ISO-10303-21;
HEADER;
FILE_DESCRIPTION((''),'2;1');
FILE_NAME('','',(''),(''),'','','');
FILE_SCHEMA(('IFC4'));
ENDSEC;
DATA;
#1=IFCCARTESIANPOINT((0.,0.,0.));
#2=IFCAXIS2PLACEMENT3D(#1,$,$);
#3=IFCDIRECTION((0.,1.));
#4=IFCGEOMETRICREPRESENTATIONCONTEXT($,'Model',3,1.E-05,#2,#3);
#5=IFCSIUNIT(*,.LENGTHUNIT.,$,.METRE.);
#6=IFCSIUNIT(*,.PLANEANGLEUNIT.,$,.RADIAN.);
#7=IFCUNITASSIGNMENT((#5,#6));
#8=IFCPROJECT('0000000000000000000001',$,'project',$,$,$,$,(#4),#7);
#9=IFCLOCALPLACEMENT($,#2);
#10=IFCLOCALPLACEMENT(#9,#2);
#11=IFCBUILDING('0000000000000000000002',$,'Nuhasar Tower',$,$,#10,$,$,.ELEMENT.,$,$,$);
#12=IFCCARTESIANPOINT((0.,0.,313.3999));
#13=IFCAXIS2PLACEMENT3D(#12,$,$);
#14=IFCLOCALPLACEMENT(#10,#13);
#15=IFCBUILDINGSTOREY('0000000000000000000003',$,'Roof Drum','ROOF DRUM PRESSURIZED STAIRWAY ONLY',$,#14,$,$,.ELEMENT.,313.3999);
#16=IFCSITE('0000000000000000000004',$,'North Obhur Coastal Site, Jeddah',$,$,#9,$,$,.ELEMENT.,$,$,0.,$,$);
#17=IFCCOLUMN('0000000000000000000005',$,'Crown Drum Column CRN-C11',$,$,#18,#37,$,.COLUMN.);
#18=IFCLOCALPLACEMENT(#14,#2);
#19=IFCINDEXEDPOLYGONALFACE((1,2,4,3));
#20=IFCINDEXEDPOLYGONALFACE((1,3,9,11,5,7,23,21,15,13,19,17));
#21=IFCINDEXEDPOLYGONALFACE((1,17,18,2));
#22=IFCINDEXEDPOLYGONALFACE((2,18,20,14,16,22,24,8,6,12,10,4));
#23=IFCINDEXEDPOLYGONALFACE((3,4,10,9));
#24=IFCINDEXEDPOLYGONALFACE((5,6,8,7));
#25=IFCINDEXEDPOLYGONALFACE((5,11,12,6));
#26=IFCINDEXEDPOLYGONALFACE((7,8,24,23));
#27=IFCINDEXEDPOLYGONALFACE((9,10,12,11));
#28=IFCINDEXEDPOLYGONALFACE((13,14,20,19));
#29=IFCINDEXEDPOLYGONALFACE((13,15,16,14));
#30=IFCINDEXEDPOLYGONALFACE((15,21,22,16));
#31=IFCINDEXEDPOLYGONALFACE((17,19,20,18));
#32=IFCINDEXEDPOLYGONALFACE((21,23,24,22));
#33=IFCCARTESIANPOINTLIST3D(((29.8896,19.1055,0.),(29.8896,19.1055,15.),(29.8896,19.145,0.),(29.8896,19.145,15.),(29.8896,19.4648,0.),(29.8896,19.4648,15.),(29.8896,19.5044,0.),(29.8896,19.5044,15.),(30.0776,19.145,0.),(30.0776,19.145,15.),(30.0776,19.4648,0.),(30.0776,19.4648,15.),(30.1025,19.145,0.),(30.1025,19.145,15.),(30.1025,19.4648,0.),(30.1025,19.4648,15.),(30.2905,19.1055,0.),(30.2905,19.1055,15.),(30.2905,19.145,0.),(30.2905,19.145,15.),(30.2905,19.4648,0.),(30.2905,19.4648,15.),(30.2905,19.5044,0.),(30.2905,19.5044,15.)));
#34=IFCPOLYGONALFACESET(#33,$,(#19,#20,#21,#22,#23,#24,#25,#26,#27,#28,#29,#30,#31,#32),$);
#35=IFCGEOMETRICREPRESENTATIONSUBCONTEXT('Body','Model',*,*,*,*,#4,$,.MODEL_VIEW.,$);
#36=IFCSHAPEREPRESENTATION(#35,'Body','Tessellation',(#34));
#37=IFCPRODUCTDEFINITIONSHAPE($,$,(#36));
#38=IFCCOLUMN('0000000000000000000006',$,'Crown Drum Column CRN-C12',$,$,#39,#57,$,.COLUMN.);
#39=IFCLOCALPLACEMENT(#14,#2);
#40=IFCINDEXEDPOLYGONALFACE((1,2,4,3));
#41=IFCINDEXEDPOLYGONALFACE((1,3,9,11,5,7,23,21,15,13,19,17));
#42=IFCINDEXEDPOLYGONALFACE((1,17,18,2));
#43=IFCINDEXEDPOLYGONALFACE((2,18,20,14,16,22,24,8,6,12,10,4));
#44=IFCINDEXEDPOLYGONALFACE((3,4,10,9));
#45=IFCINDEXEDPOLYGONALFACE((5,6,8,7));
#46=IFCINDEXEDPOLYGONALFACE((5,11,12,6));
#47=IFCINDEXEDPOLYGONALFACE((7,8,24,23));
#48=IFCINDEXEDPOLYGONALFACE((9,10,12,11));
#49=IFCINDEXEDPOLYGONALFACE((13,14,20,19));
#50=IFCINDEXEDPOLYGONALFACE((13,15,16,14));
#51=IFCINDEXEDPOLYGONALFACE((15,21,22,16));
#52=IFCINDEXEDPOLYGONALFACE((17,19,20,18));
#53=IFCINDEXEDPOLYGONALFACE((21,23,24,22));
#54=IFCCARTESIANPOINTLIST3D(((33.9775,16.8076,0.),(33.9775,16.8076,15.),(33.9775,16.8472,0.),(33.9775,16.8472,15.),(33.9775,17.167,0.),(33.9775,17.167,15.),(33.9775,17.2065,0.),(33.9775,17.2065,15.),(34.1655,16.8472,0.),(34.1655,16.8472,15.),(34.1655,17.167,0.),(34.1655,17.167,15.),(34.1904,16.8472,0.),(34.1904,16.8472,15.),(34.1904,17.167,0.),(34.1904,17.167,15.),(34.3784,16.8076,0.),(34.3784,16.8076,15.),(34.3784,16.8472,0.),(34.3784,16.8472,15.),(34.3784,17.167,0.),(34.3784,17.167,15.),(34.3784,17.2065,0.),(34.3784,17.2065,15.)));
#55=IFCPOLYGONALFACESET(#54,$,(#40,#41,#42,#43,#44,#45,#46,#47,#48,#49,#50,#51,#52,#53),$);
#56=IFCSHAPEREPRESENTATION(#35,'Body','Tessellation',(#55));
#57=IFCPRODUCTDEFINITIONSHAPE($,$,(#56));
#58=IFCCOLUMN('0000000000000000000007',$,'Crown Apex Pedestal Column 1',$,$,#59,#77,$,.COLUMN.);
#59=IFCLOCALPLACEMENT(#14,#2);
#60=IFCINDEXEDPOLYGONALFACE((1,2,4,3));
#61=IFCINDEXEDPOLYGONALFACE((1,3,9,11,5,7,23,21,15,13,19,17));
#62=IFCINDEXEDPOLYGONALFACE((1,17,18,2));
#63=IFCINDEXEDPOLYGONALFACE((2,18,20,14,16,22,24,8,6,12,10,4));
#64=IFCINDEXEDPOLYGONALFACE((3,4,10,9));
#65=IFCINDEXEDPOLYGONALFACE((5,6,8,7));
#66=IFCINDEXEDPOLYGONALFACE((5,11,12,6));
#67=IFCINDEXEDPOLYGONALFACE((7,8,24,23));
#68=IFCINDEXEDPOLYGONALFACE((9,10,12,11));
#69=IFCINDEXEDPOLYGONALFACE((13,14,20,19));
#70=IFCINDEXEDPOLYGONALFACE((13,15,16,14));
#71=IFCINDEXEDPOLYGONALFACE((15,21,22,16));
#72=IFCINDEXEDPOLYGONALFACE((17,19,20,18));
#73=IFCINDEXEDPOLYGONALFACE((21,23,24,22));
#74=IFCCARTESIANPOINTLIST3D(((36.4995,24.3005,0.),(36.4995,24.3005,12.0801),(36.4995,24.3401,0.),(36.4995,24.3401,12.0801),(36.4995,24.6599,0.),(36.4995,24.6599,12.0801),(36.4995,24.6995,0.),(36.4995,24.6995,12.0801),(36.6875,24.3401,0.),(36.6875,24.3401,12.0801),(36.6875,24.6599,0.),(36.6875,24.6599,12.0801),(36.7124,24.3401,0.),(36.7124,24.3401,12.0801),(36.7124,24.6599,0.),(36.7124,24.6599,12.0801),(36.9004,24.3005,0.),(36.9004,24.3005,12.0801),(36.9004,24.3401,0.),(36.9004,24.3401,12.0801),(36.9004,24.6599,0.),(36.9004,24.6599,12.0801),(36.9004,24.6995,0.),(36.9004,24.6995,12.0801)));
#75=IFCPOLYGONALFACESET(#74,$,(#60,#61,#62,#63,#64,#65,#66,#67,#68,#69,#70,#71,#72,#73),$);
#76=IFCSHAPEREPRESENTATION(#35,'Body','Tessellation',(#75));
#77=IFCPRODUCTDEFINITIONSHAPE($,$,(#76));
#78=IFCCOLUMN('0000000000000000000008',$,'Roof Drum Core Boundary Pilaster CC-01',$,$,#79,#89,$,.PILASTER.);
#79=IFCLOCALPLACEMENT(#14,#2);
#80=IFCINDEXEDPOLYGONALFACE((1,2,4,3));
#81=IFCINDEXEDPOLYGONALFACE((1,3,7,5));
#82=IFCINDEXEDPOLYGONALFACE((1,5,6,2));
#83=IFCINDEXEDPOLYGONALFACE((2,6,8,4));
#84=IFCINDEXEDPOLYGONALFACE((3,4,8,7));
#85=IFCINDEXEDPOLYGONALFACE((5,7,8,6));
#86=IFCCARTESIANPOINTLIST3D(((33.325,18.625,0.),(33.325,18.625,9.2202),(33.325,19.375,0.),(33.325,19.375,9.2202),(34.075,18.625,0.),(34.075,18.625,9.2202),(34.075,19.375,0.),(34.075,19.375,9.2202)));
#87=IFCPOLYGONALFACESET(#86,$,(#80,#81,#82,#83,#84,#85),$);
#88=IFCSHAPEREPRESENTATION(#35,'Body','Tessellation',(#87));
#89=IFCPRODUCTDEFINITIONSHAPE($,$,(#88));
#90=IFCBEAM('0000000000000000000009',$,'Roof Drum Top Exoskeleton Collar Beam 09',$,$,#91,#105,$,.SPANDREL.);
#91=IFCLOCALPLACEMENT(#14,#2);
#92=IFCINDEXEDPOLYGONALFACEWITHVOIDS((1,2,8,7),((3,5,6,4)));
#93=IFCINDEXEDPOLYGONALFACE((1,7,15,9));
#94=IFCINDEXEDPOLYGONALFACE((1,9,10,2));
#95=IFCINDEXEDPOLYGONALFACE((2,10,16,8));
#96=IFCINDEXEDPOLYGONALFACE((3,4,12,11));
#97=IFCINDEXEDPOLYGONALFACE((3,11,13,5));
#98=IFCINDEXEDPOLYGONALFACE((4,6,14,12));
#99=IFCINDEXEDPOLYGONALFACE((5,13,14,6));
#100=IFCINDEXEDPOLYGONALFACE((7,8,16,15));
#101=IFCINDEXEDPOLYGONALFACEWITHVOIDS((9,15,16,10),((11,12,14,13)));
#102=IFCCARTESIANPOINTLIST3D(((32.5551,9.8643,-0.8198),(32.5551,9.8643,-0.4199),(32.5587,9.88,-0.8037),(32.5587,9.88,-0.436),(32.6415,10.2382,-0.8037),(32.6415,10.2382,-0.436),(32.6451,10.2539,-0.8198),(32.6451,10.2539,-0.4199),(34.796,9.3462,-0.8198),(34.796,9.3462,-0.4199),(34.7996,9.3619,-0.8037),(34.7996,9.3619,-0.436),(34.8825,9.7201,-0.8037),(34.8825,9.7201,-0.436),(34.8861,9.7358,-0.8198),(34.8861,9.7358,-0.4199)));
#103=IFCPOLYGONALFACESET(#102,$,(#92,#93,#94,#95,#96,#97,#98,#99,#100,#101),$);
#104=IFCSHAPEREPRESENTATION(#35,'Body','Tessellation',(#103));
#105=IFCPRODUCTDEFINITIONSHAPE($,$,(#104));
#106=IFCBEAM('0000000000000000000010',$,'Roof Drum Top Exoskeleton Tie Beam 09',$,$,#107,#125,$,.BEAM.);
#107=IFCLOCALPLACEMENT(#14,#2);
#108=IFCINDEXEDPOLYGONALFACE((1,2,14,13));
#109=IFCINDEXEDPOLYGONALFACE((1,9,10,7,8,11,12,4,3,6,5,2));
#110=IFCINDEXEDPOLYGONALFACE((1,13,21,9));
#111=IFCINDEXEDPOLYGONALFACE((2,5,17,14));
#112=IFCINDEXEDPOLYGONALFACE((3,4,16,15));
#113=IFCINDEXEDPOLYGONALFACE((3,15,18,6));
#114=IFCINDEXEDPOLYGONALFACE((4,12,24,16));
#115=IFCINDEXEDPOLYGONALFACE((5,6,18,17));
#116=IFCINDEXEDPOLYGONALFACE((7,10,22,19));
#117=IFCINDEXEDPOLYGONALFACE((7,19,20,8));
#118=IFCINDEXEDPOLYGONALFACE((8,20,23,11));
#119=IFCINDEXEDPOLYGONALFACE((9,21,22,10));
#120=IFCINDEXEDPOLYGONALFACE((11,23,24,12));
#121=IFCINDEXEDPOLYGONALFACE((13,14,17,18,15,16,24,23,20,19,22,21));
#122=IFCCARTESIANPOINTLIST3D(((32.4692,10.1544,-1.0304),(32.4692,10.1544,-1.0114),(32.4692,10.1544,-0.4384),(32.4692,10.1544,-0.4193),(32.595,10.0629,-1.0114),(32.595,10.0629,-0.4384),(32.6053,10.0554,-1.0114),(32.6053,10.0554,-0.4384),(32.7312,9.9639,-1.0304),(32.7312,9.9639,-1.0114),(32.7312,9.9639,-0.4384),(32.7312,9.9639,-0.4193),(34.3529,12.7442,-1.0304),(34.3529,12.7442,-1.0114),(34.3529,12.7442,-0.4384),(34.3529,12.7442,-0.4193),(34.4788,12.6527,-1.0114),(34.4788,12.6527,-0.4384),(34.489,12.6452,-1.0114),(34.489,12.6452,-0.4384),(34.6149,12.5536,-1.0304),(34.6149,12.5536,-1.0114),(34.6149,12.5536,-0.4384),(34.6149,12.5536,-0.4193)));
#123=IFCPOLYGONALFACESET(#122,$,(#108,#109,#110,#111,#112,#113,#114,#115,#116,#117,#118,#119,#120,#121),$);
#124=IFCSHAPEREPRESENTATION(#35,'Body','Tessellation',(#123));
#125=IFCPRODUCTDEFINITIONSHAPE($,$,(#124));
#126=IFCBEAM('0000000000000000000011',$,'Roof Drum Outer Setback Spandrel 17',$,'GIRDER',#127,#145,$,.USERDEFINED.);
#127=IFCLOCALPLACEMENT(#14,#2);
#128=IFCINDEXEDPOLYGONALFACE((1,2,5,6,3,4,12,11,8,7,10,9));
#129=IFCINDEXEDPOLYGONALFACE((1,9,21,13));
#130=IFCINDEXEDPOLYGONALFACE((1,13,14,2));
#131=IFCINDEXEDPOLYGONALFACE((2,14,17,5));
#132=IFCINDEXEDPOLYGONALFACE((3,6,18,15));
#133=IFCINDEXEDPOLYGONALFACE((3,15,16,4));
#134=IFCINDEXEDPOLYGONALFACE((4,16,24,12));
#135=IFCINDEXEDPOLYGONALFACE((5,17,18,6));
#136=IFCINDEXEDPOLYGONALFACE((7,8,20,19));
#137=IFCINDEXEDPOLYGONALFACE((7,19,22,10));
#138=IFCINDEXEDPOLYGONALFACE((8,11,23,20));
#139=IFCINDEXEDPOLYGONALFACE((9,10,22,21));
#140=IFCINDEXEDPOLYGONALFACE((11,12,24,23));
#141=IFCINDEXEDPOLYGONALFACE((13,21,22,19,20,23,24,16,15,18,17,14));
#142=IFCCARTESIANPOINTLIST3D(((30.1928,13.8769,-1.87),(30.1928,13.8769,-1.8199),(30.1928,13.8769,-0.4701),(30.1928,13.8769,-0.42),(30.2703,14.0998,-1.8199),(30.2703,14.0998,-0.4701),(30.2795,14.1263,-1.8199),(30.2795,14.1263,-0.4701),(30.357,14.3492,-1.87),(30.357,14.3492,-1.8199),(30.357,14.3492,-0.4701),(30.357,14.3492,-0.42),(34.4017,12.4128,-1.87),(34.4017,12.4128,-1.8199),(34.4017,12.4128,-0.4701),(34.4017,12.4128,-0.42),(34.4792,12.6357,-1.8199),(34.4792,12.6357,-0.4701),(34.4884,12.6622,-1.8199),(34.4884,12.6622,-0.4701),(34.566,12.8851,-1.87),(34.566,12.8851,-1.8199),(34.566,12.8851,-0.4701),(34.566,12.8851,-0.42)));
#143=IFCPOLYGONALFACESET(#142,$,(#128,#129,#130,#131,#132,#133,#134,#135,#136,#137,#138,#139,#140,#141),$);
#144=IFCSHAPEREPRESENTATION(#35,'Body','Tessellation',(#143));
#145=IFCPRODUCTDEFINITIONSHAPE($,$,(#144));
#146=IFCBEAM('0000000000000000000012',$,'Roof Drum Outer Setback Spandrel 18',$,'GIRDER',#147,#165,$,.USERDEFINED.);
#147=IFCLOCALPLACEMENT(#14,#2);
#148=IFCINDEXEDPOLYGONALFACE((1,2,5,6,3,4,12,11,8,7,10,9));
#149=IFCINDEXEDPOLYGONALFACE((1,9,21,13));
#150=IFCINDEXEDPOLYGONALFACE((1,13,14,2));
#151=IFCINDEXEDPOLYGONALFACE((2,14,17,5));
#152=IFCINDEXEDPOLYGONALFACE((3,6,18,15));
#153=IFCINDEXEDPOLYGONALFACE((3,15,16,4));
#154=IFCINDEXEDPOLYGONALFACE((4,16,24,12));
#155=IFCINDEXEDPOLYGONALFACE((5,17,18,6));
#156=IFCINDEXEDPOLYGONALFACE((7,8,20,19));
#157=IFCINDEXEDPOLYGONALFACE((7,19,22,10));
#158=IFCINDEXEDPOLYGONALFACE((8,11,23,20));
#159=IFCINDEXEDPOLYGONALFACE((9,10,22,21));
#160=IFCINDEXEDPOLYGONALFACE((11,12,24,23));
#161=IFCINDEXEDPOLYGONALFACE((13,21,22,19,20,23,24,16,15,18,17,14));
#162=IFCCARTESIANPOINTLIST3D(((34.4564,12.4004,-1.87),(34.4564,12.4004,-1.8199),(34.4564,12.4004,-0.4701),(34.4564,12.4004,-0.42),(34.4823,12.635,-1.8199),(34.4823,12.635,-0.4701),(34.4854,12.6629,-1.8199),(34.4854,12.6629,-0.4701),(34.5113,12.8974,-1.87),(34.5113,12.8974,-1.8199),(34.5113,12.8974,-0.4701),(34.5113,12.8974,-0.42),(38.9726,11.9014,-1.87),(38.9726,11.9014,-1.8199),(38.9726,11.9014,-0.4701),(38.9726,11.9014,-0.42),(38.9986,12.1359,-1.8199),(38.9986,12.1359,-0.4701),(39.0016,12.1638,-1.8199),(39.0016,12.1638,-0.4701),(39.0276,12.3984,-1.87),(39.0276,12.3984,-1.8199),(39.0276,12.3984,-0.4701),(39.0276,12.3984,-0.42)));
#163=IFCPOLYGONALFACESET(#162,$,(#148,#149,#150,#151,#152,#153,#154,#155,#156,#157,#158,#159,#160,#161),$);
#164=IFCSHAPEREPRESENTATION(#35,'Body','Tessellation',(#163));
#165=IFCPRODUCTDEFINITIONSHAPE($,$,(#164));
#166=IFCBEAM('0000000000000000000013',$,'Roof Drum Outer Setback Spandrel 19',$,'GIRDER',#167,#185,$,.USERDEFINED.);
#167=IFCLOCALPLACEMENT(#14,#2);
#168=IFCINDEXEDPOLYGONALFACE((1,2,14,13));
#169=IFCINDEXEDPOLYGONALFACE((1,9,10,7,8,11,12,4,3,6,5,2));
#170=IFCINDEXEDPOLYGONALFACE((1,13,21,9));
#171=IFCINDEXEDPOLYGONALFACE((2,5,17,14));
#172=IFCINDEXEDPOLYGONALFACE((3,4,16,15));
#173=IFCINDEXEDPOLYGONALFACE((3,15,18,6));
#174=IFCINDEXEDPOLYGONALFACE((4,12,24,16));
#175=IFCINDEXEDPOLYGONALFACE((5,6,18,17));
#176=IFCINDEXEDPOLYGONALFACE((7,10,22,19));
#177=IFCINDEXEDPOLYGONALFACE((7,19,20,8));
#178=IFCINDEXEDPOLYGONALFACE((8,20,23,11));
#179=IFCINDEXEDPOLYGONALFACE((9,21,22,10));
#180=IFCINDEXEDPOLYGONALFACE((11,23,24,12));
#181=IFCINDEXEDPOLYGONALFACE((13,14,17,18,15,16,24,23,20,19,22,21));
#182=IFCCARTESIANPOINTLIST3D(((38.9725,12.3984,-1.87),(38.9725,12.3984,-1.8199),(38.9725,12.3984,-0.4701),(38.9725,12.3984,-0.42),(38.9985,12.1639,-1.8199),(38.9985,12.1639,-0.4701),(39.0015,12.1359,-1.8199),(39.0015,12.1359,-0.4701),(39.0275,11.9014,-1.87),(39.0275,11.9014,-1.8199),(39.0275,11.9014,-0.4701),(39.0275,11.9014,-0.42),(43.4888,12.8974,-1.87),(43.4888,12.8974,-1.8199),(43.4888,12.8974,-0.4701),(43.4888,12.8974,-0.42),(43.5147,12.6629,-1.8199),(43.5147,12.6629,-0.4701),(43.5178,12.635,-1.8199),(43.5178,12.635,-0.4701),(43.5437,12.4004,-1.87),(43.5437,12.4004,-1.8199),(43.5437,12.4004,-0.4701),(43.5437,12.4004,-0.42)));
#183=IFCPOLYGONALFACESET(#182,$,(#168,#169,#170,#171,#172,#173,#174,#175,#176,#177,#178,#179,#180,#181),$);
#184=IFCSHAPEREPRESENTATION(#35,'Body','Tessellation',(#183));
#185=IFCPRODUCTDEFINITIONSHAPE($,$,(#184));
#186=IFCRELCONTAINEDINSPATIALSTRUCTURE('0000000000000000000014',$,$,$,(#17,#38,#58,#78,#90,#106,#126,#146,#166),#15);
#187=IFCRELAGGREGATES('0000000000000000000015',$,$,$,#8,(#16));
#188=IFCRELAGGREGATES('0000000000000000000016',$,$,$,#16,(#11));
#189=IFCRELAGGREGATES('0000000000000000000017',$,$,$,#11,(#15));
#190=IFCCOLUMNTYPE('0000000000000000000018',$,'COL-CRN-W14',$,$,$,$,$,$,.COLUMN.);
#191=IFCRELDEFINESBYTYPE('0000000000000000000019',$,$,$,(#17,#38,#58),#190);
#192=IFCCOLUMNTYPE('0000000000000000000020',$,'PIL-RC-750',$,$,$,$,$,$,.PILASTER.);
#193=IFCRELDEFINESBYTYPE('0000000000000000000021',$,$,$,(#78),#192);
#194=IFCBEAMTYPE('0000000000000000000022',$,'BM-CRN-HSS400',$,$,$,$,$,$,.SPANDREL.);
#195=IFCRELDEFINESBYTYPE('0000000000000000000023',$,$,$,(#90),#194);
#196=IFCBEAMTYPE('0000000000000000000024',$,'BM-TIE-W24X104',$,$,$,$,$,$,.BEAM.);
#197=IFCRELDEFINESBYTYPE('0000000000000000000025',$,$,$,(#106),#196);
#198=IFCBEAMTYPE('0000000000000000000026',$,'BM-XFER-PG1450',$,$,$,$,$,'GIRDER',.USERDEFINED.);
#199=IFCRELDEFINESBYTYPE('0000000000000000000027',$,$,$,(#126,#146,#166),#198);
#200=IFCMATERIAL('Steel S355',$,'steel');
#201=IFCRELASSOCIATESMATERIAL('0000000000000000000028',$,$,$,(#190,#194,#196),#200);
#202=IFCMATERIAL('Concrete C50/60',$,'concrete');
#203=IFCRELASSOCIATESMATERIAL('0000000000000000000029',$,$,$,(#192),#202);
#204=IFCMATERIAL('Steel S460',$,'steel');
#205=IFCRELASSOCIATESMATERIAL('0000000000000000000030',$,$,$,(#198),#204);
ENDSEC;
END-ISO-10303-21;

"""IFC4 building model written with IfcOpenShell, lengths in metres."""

from ifc_helpers import new_model, si_unit, direction, frame, origin, origin_2d, place, context, subcontext, project, spatial, rectangle, hollow_rectangle, i_section, extrude, material, material_profile, profile_set, type_object, element, save


model = new_model("IFC4")

# Units and contexts
model_context = context("Model", 3, precision=1e-05, world=origin(), true_north=direction((0.0, 1.0)))
body_context = subcontext(model_context, "Body", "Model", "MODEL_VIEW")
ifc_project = project(units=[si_unit("LENGTHUNIT", "METRE"), si_unit("PLANEANGLEUNIT", "RADIAN")], contexts=[model_context])

# Site, building, storey
site_placement = place(None, origin())
site = spatial("IfcSite", under=ifc_project, at=site_placement, Name="North Obhur Coastal Site, Jeddah", CompositionType="ELEMENT", RefElevation=0.0)
building_placement = place(site_placement, origin())
building = spatial("IfcBuilding", under=site, at=building_placement, Name="Nuhasar Tower", CompositionType="ELEMENT")
storey_placement = place(building_placement, frame((0.0, 0.0, 313.3999)))
storey = spatial("IfcBuildingStorey", under=building, at=storey_placement, Name="Roof Drum", Description="ROOF DRUM PRESSURIZED STAIRWAY ONLY", CompositionType="ELEMENT", Elevation=313.3999)

# Columns
ifc_material_1 = material(Name="Steel S355", Category="steel")
ifc_material_profile_1 = material_profile(ifc_material_1, i_section(OverallWidth=0.4009, OverallDepth=0.3989, WebThickness=0.0249, FlangeThickness=0.0396, at=origin_2d()), Name="W14X211")
ifc_profile_set_1 = profile_set([ifc_material_profile_1], Name="Steel S355")
column_type_1 = type_object("IfcColumnType", Name="COL-CRN-W14", PredefinedType="COLUMN", material=ifc_profile_set_1)
for number, where, z_axis, x_axis, name in (
    (1, (30.0901, 19.3049, 0.0), (0.0, 0.0, 1.0), (1.0, 0.0, 0.0), "Crown Drum Column CRN-C11"),
    (2, (34.178, 17.0071, 0.0), (0.0, 0.0, 1.0), (1.0, 0.0, 0.0), "Crown Drum Column CRN-C12"),
):
    element("IfcColumn", number, at=place(storey_placement, frame(where, z_axis=z_axis, x_axis=x_axis)), inside=storey, type_object=column_type_1, Name=name, PredefinedType="COLUMN", context=body_context, shape_type="SweptSolid", body=[
        extrude(i_section(OverallWidth=0.4009, OverallDepth=0.3989, WebThickness=0.0249, FlangeThickness=0.0396, at=origin_2d()), origin(), (0.0, 0.0, 1.0), 15.0),
    ])
column_1_placement = place(storey_placement, frame((36.7, 24.5, 0.0), z_axis=(0.0, 0.0, 1.0), x_axis=(1.0, 0.0, 0.0)))
element("IfcColumn", 3, at=column_1_placement, inside=storey, type_object=column_type_1, Name="Crown Apex Pedestal Column 1", PredefinedType="COLUMN", context=body_context, shape_type="SweptSolid", body=[
    extrude(i_section(OverallWidth=0.4009, OverallDepth=0.3989, WebThickness=0.0249, FlangeThickness=0.0396, at=origin_2d()), origin(), (0.0, 0.0, 1.0), 12.0801),
])
ifc_material_2 = material(Name="Concrete C50/60", Category="concrete")
ifc_material_profile_2 = material_profile(ifc_material_2, rectangle(XDim=0.75, YDim=0.75, at=origin_2d()), Name="RC750X750")
ifc_profile_set_2 = profile_set([ifc_material_profile_2], Name="Concrete C50/60")
column_type_2 = type_object("IfcColumnType", Name="PIL-RC-750", PredefinedType="PILASTER", material=ifc_profile_set_2)
column_2_placement = place(storey_placement, frame((33.7, 19.0, 0.0), z_axis=(0.0, 0.0, 1.0), x_axis=(1.0, 0.0, 0.0)))
element("IfcColumn", 4, at=column_2_placement, inside=storey, type_object=column_type_2, Name="Roof Drum Core Boundary Pilaster CC-01", PredefinedType="PILASTER", context=body_context, shape_type="SweptSolid", body=[
    extrude(rectangle(XDim=0.75, YDim=0.75, at=origin_2d()), origin(), (0.0, 0.0, 1.0), 9.2202),
])

# Beams
ifc_material_profile_3 = material_profile(ifc_material_1, hollow_rectangle(XDim=0.3999, YDim=0.3999, WallThickness=0.0161, at=origin_2d()), Name="HSS400X400X16")
ifc_profile_set_3 = profile_set([ifc_material_profile_3], Name="Steel S355")
beam_type_1 = type_object("IfcBeamType", Name="BM-CRN-HSS400", PredefinedType="SPANDREL", material=ifc_profile_set_3)
beam_1_placement = place(storey_placement, frame((32.6001, 10.0591, -0.6199), z_axis=(0.974303, -0.225239, 0.0), x_axis=(0.225239, 0.974303, 0.0)))
element("IfcBeam", 5, at=beam_1_placement, inside=storey, type_object=beam_type_1, Name="Roof Drum Top Exoskeleton Collar Beam 09", PredefinedType="SPANDREL", context=body_context, shape_type="SweptSolid", body=[
    extrude(hollow_rectangle(XDim=0.3999, YDim=0.3999, WallThickness=0.0161, at=origin_2d()), origin(), (0.0, 0.0, 1.0), 2.3),
])
ifc_material_profile_4 = material_profile(ifc_material_1, i_section(OverallWidth=0.324, OverallDepth=0.6111, WebThickness=0.0127, FlangeThickness=0.019, at=origin_2d()), Name="W24X104")
ifc_profile_set_4 = profile_set([ifc_material_profile_4], Name="Steel S355")
beam_type_2 = type_object("IfcBeamType", Name="BM-TIE-W24X104", PredefinedType="BEAM", material=ifc_profile_set_4)
beam_2_placement = place(storey_placement, frame((34.4839, 12.6489, -0.7249), z_axis=(-0.588226, -0.808697, 0.0), x_axis=(0.808697, -0.588226, 0.0)))
element("IfcBeam", 6, at=beam_2_placement, inside=storey, type_object=beam_type_2, Name="Roof Drum Top Exoskeleton Tie Beam 09", PredefinedType="BEAM", context=body_context, shape_type="SweptSolid", body=[
    extrude(i_section(OverallWidth=0.324, OverallDepth=0.6111, WebThickness=0.0127, FlangeThickness=0.019, at=origin_2d()), origin(), (0.0, 0.0, 1.0), 3.2024),
])
ifc_material_3 = material(Name="Steel S460", Category="steel")
ifc_material_profile_5 = material_profile(ifc_material_3, i_section(OverallWidth=0.5, OverallDepth=1.45, WebThickness=0.0281, FlangeThickness=0.05, at=origin_2d()), Name="PG1450X500")
ifc_profile_set_5 = profile_set([ifc_material_profile_5], Name="Steel S460")
beam_type_3 = type_object("IfcBeamType", Name="BM-XFER-PG1450", ElementType="GIRDER", PredefinedType="USERDEFINED", material=ifc_profile_set_5)
beam_3_placement = place(storey_placement, frame((30.2749, 14.113, -1.145), z_axis=(0.944489, -0.328544, 0.0), x_axis=(0.328544, 0.944489, 0.0)))
element("IfcBeam", 7, at=beam_3_placement, inside=storey, type_object=beam_type_3, Name="Roof Drum Outer Setback Spandrel 17", ObjectType="GIRDER", PredefinedType="USERDEFINED", context=body_context, shape_type="SweptSolid", body=[
    extrude(i_section(OverallWidth=0.5, OverallDepth=1.45, WebThickness=0.0281, FlangeThickness=0.05, at=origin_2d()), origin(), (0.0, 0.0, 1.0), 4.4563),
])
for number, where, z_axis, x_axis, name in (
    (8, (34.4839, 12.6489, -1.145), (0.99395, -0.10983, 0.0), (0.10983, 0.99395, 0.0), "Roof Drum Outer Setback Spandrel 18"),
    (9, (39.0, 12.1499, -1.145), (0.99395, 0.10983, 0.0), (-0.10983, 0.99395, 0.0), "Roof Drum Outer Setback Spandrel 19"),
):
    element("IfcBeam", number, at=place(storey_placement, frame(where, z_axis=z_axis, x_axis=x_axis)), inside=storey, type_object=beam_type_3, Name=name, ObjectType="GIRDER", PredefinedType="USERDEFINED", context=body_context, shape_type="SweptSolid", body=[
        extrude(i_section(OverallWidth=0.5, OverallDepth=1.45, WebThickness=0.0281, FlangeThickness=0.05, at=origin_2d()), origin(), (0.0, 0.0, 1.0), 4.5437),
    ])

save(model, "model.ifc")
